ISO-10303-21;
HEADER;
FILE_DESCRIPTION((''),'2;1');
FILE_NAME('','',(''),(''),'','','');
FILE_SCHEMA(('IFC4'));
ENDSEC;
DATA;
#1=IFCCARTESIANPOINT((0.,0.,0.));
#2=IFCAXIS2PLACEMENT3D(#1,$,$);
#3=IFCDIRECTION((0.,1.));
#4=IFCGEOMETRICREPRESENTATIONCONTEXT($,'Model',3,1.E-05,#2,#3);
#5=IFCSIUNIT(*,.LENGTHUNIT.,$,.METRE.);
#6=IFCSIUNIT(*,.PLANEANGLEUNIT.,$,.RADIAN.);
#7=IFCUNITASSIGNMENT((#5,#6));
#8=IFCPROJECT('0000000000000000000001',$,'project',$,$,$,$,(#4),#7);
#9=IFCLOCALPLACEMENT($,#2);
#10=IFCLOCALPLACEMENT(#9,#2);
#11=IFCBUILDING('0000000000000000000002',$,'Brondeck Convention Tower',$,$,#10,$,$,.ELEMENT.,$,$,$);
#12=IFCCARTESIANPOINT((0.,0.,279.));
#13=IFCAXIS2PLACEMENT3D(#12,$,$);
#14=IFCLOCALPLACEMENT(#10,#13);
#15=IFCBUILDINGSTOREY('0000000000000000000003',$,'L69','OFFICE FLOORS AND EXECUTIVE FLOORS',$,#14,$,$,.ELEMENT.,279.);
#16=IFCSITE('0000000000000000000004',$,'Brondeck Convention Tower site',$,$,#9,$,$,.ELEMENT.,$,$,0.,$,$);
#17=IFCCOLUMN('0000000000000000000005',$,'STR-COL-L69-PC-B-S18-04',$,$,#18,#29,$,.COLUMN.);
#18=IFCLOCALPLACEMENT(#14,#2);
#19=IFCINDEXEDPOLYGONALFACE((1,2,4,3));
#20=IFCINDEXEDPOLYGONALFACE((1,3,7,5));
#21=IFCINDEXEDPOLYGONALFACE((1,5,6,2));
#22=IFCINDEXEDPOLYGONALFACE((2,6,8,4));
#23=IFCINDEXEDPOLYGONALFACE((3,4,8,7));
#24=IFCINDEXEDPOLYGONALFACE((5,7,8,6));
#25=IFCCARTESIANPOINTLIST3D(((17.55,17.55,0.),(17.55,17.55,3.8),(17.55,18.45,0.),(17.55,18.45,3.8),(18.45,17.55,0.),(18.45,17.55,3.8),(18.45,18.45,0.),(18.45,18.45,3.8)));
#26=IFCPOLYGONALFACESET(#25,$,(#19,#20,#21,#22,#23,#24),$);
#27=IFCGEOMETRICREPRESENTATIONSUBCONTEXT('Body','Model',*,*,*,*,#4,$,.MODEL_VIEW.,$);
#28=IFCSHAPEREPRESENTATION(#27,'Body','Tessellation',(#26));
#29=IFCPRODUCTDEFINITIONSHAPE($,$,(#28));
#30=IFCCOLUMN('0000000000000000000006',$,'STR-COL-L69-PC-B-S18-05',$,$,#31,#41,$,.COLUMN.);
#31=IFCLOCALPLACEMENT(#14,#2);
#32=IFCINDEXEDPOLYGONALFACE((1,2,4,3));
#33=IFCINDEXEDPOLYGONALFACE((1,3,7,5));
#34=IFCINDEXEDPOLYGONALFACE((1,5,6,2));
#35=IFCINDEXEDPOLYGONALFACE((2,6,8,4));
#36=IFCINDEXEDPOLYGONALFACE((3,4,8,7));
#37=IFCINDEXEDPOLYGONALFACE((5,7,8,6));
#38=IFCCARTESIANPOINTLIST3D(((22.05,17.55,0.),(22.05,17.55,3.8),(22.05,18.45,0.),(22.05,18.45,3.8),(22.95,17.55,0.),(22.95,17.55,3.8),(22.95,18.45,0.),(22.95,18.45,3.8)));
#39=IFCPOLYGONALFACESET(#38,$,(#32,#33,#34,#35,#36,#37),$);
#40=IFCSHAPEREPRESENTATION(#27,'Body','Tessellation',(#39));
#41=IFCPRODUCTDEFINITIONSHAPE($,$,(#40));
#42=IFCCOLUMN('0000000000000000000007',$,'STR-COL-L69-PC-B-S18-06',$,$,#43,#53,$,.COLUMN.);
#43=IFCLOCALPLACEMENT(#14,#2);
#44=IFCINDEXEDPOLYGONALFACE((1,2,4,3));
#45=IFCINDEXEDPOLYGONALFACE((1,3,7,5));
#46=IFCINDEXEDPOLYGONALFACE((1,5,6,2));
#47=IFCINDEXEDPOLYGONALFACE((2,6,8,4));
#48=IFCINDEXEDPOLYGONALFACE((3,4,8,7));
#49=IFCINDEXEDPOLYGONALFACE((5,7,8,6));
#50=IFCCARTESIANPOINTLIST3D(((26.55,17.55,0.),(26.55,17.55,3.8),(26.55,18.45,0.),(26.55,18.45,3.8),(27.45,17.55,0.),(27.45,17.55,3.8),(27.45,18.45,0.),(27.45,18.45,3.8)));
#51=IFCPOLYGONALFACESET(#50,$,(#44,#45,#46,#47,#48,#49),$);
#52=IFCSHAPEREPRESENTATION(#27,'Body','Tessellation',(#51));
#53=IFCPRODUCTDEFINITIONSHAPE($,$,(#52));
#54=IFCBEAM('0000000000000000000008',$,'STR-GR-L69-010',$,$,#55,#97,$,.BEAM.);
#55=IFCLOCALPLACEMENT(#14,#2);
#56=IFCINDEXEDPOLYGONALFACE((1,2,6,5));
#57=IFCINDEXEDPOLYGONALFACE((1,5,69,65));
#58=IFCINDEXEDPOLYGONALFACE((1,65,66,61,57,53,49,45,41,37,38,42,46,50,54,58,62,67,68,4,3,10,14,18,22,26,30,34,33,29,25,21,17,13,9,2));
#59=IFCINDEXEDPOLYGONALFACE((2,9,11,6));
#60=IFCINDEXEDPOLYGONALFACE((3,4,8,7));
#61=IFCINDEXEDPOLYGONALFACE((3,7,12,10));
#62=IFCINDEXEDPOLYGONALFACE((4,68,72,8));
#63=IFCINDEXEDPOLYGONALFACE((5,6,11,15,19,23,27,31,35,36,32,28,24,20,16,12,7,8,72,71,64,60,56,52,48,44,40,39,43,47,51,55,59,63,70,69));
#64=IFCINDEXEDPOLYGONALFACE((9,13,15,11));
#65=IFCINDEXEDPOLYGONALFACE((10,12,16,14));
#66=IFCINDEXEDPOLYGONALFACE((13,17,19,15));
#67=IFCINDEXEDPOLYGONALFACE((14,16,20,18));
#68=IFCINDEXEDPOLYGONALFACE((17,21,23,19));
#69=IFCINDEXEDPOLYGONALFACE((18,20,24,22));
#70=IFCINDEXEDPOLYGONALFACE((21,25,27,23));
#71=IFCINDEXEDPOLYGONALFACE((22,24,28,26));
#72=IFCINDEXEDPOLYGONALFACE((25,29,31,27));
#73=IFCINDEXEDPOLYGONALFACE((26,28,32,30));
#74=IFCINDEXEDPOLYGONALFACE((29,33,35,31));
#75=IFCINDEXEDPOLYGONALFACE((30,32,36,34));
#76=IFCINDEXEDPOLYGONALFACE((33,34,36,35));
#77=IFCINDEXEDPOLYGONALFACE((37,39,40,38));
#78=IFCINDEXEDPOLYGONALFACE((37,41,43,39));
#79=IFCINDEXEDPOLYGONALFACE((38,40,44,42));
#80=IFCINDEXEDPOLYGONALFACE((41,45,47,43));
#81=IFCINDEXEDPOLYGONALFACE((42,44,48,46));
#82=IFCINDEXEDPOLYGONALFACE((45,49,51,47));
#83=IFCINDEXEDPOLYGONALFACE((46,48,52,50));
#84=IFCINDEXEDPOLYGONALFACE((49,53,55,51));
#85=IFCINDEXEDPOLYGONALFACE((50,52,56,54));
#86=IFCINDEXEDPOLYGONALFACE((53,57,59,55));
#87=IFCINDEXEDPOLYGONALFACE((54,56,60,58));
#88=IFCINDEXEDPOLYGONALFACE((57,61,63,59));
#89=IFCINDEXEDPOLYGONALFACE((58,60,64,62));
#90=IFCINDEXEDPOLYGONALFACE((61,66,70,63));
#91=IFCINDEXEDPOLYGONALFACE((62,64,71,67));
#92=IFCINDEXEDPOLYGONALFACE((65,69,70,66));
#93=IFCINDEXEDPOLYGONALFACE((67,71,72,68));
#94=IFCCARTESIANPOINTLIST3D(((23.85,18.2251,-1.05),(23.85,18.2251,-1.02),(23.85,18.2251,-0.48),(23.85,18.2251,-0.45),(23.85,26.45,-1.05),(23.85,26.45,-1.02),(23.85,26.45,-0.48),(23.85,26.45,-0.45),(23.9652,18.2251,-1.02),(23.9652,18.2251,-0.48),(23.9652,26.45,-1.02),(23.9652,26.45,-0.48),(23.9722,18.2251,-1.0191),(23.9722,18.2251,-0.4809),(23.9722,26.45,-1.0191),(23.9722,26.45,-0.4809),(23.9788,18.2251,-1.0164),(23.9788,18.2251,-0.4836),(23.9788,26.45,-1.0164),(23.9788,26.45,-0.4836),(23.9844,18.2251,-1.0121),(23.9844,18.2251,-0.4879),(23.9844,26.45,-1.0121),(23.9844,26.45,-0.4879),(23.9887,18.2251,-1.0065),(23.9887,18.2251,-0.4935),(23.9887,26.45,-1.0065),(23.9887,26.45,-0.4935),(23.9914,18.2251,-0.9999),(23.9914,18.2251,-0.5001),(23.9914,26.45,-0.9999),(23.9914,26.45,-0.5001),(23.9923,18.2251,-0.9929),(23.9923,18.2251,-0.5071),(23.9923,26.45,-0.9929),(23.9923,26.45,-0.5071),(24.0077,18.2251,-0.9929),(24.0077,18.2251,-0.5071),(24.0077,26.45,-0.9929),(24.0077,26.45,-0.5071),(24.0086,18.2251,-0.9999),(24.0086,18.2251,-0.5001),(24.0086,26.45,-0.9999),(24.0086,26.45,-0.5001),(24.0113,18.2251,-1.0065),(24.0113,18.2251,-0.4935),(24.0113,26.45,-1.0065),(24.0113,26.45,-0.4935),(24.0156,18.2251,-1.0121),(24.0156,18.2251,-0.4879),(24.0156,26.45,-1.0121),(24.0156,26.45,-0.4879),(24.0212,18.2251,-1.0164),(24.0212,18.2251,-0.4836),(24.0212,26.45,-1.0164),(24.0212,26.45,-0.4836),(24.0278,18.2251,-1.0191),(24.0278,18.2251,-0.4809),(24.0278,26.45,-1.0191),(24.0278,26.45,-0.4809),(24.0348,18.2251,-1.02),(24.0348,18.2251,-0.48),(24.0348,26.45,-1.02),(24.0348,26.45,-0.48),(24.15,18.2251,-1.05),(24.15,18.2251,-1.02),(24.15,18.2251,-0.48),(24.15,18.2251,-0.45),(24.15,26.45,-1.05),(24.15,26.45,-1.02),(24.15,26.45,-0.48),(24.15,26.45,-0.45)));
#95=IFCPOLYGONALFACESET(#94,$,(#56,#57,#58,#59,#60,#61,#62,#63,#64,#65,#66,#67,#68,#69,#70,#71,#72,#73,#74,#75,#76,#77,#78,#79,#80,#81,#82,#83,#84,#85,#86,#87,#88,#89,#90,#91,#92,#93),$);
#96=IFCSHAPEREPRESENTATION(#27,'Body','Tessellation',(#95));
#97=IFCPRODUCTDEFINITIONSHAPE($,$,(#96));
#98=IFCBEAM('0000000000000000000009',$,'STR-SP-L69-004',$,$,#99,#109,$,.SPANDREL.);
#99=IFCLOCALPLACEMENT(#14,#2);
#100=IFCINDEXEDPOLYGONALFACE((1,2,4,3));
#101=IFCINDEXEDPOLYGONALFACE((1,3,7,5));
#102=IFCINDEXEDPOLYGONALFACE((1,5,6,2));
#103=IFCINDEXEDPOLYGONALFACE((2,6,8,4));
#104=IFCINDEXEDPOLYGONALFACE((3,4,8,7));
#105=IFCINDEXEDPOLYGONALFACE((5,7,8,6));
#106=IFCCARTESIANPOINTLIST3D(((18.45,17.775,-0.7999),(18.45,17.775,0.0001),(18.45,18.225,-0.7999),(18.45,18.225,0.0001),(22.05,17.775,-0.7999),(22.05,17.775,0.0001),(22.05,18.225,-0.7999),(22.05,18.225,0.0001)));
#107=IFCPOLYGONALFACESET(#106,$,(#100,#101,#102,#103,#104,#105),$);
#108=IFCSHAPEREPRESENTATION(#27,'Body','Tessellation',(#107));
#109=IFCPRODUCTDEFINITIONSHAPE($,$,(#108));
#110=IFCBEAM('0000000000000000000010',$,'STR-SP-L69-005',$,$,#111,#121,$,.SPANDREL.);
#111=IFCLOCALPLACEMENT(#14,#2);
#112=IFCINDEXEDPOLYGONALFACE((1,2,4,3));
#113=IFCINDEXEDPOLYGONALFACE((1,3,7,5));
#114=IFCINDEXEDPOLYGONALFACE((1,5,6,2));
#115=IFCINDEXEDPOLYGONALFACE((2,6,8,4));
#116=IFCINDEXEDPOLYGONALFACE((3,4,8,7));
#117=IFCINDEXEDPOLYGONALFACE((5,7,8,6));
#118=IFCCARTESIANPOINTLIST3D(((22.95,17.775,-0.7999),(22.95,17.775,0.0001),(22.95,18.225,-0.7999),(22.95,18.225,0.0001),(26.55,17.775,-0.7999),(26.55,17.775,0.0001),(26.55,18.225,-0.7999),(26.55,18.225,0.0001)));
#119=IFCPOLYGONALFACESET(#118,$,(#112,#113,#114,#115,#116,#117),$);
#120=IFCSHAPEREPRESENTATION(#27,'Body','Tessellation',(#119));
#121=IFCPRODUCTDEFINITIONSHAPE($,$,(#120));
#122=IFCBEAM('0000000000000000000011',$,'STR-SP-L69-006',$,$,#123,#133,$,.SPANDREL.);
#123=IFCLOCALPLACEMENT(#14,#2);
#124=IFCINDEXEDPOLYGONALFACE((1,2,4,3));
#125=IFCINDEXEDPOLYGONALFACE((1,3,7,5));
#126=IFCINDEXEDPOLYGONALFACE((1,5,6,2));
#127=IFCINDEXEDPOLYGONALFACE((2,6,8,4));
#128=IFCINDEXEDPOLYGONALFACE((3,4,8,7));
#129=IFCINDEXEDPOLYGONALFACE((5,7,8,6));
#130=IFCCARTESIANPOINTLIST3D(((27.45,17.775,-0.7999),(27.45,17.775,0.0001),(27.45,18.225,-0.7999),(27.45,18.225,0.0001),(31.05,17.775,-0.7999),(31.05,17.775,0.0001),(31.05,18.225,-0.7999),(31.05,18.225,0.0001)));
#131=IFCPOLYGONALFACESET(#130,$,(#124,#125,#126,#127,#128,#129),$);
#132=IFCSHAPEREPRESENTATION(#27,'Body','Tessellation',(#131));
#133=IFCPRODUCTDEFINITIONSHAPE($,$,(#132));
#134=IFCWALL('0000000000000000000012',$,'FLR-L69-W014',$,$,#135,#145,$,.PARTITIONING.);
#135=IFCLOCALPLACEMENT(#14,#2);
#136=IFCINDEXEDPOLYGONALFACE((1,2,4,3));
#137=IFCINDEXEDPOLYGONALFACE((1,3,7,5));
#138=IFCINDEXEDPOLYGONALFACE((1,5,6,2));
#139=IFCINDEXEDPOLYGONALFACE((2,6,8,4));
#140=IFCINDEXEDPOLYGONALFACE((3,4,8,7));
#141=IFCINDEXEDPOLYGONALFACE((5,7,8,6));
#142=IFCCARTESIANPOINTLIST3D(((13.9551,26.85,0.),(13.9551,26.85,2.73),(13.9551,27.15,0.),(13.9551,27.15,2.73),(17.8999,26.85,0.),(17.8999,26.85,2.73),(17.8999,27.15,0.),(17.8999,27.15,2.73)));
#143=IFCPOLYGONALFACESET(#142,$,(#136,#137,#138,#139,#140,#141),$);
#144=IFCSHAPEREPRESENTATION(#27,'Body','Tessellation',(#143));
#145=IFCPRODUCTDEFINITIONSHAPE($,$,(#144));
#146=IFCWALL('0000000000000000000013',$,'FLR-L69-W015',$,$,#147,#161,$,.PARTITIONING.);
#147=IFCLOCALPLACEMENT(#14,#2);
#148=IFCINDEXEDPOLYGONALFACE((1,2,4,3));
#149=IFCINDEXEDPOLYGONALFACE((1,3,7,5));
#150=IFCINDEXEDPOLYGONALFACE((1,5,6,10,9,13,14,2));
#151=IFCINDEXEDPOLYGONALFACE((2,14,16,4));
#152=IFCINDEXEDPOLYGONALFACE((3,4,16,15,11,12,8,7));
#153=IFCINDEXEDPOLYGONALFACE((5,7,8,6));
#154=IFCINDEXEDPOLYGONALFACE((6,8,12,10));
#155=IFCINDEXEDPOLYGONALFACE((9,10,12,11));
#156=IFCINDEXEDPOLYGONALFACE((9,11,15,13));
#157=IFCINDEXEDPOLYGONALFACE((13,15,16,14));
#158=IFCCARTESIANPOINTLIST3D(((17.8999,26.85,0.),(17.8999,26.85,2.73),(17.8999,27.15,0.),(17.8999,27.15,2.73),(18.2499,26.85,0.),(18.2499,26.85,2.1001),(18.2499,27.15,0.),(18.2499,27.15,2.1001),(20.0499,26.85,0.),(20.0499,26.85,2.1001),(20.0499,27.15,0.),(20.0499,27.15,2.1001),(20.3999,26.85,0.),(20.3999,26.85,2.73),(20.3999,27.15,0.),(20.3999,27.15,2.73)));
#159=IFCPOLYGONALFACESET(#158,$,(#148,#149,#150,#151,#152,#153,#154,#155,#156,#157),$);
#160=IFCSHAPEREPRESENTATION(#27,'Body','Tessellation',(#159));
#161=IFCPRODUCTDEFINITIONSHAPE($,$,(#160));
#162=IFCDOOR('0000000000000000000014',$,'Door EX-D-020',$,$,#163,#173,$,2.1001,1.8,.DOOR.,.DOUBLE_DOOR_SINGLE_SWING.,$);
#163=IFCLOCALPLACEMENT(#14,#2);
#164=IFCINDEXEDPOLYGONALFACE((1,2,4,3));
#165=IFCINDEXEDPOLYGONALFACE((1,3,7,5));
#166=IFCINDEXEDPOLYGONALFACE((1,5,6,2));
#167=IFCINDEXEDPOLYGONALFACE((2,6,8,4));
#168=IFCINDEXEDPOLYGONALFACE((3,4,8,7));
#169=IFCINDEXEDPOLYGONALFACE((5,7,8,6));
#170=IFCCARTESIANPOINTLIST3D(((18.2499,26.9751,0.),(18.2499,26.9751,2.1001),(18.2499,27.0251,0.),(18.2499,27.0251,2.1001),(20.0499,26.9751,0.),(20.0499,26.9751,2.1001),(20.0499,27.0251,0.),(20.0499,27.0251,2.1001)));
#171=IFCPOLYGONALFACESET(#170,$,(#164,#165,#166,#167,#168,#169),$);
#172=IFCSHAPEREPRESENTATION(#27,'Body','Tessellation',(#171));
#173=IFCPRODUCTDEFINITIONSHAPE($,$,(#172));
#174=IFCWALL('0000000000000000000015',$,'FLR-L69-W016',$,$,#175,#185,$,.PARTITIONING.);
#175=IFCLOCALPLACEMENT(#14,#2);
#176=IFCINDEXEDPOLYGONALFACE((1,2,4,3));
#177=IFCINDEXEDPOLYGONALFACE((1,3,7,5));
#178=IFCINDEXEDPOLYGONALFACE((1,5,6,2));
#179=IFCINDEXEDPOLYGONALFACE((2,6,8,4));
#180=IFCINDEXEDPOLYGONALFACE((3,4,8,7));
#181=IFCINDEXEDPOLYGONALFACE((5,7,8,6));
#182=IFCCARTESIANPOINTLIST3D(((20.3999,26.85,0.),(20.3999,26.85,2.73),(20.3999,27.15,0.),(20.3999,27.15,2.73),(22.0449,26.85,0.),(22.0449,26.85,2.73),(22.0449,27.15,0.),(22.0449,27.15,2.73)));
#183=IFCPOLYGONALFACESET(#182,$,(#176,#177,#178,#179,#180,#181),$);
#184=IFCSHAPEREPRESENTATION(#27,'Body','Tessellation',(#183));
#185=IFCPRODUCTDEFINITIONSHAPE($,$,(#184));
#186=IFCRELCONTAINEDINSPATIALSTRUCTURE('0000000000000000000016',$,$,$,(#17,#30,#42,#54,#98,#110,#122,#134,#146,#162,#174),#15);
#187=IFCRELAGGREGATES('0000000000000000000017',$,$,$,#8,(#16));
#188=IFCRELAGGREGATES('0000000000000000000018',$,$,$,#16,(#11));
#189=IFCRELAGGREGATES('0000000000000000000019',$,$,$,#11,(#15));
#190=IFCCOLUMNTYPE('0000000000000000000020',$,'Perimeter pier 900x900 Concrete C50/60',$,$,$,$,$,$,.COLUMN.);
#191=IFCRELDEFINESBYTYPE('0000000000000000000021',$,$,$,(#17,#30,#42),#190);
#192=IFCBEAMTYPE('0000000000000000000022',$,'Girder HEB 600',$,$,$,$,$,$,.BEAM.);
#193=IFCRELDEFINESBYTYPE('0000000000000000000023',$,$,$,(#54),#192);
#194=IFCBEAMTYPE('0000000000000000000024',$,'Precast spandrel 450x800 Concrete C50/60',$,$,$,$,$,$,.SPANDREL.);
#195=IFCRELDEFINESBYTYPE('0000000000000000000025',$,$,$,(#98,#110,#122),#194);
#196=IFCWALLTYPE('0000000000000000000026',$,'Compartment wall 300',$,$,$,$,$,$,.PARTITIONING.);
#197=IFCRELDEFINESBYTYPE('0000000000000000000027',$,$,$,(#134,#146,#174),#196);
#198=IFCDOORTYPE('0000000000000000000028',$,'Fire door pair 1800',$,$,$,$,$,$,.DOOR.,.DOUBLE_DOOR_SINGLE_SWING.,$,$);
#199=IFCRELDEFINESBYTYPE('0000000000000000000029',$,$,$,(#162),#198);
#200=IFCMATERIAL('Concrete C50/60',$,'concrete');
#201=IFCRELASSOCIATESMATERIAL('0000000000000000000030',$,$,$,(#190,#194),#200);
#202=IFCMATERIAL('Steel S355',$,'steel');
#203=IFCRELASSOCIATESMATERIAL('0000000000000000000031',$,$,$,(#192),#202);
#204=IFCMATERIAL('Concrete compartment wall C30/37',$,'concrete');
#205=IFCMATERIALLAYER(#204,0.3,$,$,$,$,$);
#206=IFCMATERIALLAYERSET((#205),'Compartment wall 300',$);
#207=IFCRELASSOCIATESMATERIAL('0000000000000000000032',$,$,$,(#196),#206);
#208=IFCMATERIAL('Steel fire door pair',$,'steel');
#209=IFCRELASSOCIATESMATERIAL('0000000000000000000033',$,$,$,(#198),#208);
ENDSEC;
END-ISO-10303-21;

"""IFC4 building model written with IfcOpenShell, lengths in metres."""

from ifc_helpers import new_model, si_unit, direction, frame, frame_2d, origin, origin_2d, place, context, subcontext, project, spatial, rectangle, i_section, extrude, material, layer, layer_set, material_profile, profile_set, type_object, element, fill, save


model = new_model("IFC4")

# Units and contexts
model_context = context("Model", 3, precision=1e-05, world=origin(), true_north=direction((0.0, 1.0)))
body_context = subcontext(model_context, "Body", "Model", "MODEL_VIEW")
ifc_project = project(units=[si_unit("LENGTHUNIT", "METRE"), si_unit("PLANEANGLEUNIT", "RADIAN")], contexts=[model_context])

# Site, building, storey
site_placement = place(None, origin())
site = spatial("IfcSite", under=ifc_project, at=site_placement, Name="Brondeck Convention Tower site", CompositionType="ELEMENT", RefElevation=0.0)
building_placement = place(site_placement, origin())
building = spatial("IfcBuilding", under=site, at=building_placement, Name="Brondeck Convention Tower", CompositionType="ELEMENT")
storey_placement = place(building_placement, frame((0.0, 0.0, 279.0)))
storey = spatial("IfcBuildingStorey", under=building, at=storey_placement, Name="L69", Description="OFFICE FLOORS AND EXECUTIVE FLOORS", CompositionType="ELEMENT", Elevation=279.0)

# Columns
ifc_material_1 = material(Name="Concrete C50/60", Category="concrete")
ifc_material_profile_1 = material_profile(ifc_material_1, rectangle(XDim=0.8999, YDim=0.8999, at=origin_2d()), Name="Perimeter pier 900x900 Concrete C50/60")
ifc_profile_set_1 = profile_set([ifc_material_profile_1], Name="Concrete C50/60")
column_type = type_object("IfcColumnType", Name="Perimeter pier 900x900 Concrete C50/60", PredefinedType="COLUMN", material=ifc_profile_set_1)
for number, where, z_axis, x_axis, name in (
    (1, (18.0, 18.0, 0.0), (0.0, 0.0, 1.0), (1.0, 0.0, 0.0), "STR-COL-L69-PC-B-S18-04"),
    (2, (22.5, 18.0, 0.0), (0.0, 0.0, 1.0), (1.0, 0.0, 0.0), "STR-COL-L69-PC-B-S18-05"),
    (3, (27.0, 18.0, 0.0), (0.0, 0.0, 1.0), (1.0, 0.0, 0.0), "STR-COL-L69-PC-B-S18-06"),
):
    element("IfcColumn", number, at=place(storey_placement, frame(where, z_axis=z_axis, x_axis=x_axis)), inside=storey, type_object=column_type, Name=name, PredefinedType="COLUMN", context=body_context, shape_type="SweptSolid", body=[
        extrude(rectangle(XDim=0.8999, YDim=0.8999, at=origin_2d()), origin(), (0.0, 0.0, 1.0), 3.8),
    ])

# Beams
ifc_material_2 = material(Name="Steel S355", Category="steel")
ifc_material_profile_2 = material_profile(ifc_material_2, i_section(OverallWidth=0.3, OverallDepth=0.6001, WebThickness=0.0154, FlangeThickness=0.03, FilletRadius=0.0271, at=origin_2d()), Name="HEB 600")
ifc_profile_set_2 = profile_set([ifc_material_profile_2], Name="Steel S355")
beam_type_1 = type_object("IfcBeamType", Name="Girder HEB 600", PredefinedType="BEAM", material=ifc_profile_set_2)
beam_placement = place(storey_placement, frame((24.0, 26.45, -0.75), z_axis=(0.0, -1.0, 0.0), x_axis=(1.0, 0.0, 0.0)))
element("IfcBeam", 4, at=beam_placement, inside=storey, type_object=beam_type_1, Name="STR-GR-L69-010", PredefinedType="BEAM", context=body_context, shape_type="SweptSolid", body=[
    extrude(i_section(OverallWidth=0.3, OverallDepth=0.6001, WebThickness=0.0154, FlangeThickness=0.03, FilletRadius=0.0271, at=origin_2d()), origin(), (0.0, 0.0, 1.0), 8.2249),
])
ifc_material_profile_3 = material_profile(ifc_material_1, rectangle(XDim=0.45, YDim=0.8, at=origin_2d()), Name="Precast spandrel 450x800 Concrete C50/60")
ifc_profile_set_3 = profile_set([ifc_material_profile_3], Name="Concrete C50/60")
beam_type_2 = type_object("IfcBeamType", Name="Precast spandrel 450x800 Concrete C50/60", PredefinedType="SPANDREL", material=ifc_profile_set_3)
for number, where, z_axis, x_axis, name in (
    (5, (18.45, 18.0, -0.3999), (1.0, 0.0, 0.0), (0.0, 1.0, 0.0), "STR-SP-L69-004"),
    (6, (22.95, 18.0, -0.3999), (1.0, 0.0, 0.0), (0.0, 1.0, 0.0), "STR-SP-L69-005"),
    (7, (27.45, 18.0, -0.3999), (1.0, 0.0, 0.0), (0.0, 1.0, 0.0), "STR-SP-L69-006"),
):
    element("IfcBeam", number, at=place(storey_placement, frame(where, z_axis=z_axis, x_axis=x_axis)), inside=storey, type_object=beam_type_2, Name=name, PredefinedType="SPANDREL", context=body_context, shape_type="SweptSolid", body=[
        extrude(rectangle(XDim=0.45, YDim=0.8, at=origin_2d()), origin(), (0.0, 0.0, 1.0), 3.6001),
    ])

# Wall
ifc_material_3 = material(Name="Concrete compartment wall C30/37", Category="concrete")
ifc_layer_1 = layer(ifc_material_3, 0.3)
ifc_layer_set_1 = layer_set([ifc_layer_1], Name="Compartment wall 300")
wall_type_1 = type_object("IfcWallType", Name="Compartment wall 300", PredefinedType="PARTITIONING", material=ifc_layer_set_1)
wall_1_placement = place(storey_placement, frame((13.9551, 27.0, 0.0), z_axis=(0.0, 0.0, 1.0), x_axis=(1.0, 0.0, 0.0)))
element("IfcWall", 8, at=wall_1_placement, inside=storey, type_object=wall_type_1, Name="FLR-L69-W014", PredefinedType="PARTITIONING", context=body_context, shape_type="SweptSolid", body=[
    extrude(rectangle(XDim=3.9448, YDim=0.3, at=frame_2d((1.9724, 0.0))), origin(), (0.0, 0.0, 1.0), 2.73),
])

# Wall, opening, door
wall_2_placement = place(storey_placement, frame((20.3999, 27.0, 0.0), z_axis=(0.0, 0.0, 1.0), x_axis=(-1.0, 0.0, 0.0)))
wall_2 = element("IfcWall", 9, at=wall_2_placement, inside=storey, type_object=wall_type_1, Name="FLR-L69-W015", PredefinedType="PARTITIONING", context=body_context, shape_type="SweptSolid", body=[
    extrude(rectangle(XDim=2.5, YDim=0.3, at=frame_2d((1.25, 0.0))), origin(), (0.0, 0.0, 1.0), 2.73),
])
opening_1_placement = place(wall_2_placement, frame((0.3501, 0.0, 0.0)))
opening_1 = element("IfcOpeningElement", 10, at=opening_1_placement, cuts=wall_2, PredefinedType="OPENING", context=body_context, shape_type="SweptSolid", body=[
    extrude(rectangle(XDim=1.8, YDim=2.1001, at=frame_2d((0.8999, 1.05))), frame((0.0, 0.1599, 0.0), z_axis=(0.0, -1.0, 0.0), x_axis=(1.0, 0.0, 0.0)), (0.0, 0.0, 1.0), 0.3201),
])
ifc_material_4 = material(Name="Steel fire door pair", Category="steel")
door_type_1 = type_object("IfcDoorType", Name="Fire door pair 1800", OperationType="DOUBLE_DOOR_SINGLE_SWING", PredefinedType="DOOR", material=ifc_material_4)
door_1_placement = place(opening_1_placement, origin())
door_1 = element("IfcDoor", 11, at=door_1_placement, inside=storey, type_object=door_type_1, Name="Door EX-D-020", OperationType="DOUBLE_DOOR_SINGLE_SWING", OverallHeight=2.1001, OverallWidth=1.8, PredefinedType="DOOR", context=body_context, shape_type="SweptSolid", body=[
    extrude(rectangle(XDim=1.8, YDim=2.1001, at=frame_2d((0.8999, 1.05))), frame((0.0, 0.0249, 0.0), z_axis=(0.0, -1.0, 0.0), x_axis=(1.0, 0.0, 0.0)), (0.0, 0.0, 1.0), 0.05),
])
fill(opening_1, door_1)

# Wall
wall_3_placement = place(storey_placement, frame((20.3999, 27.0, 0.0), z_axis=(0.0, 0.0, 1.0), x_axis=(1.0, 0.0, 0.0)))
element("IfcWall", 12, at=wall_3_placement, inside=storey, type_object=wall_type_1, Name="FLR-L69-W016", PredefinedType="PARTITIONING", context=body_context, shape_type="SweptSolid", body=[
    extrude(rectangle(XDim=1.645, YDim=0.3, at=frame_2d((0.8225, 0.0))), origin(), (0.0, 0.0, 1.0), 2.73),
])

save(model, "model.ifc")
